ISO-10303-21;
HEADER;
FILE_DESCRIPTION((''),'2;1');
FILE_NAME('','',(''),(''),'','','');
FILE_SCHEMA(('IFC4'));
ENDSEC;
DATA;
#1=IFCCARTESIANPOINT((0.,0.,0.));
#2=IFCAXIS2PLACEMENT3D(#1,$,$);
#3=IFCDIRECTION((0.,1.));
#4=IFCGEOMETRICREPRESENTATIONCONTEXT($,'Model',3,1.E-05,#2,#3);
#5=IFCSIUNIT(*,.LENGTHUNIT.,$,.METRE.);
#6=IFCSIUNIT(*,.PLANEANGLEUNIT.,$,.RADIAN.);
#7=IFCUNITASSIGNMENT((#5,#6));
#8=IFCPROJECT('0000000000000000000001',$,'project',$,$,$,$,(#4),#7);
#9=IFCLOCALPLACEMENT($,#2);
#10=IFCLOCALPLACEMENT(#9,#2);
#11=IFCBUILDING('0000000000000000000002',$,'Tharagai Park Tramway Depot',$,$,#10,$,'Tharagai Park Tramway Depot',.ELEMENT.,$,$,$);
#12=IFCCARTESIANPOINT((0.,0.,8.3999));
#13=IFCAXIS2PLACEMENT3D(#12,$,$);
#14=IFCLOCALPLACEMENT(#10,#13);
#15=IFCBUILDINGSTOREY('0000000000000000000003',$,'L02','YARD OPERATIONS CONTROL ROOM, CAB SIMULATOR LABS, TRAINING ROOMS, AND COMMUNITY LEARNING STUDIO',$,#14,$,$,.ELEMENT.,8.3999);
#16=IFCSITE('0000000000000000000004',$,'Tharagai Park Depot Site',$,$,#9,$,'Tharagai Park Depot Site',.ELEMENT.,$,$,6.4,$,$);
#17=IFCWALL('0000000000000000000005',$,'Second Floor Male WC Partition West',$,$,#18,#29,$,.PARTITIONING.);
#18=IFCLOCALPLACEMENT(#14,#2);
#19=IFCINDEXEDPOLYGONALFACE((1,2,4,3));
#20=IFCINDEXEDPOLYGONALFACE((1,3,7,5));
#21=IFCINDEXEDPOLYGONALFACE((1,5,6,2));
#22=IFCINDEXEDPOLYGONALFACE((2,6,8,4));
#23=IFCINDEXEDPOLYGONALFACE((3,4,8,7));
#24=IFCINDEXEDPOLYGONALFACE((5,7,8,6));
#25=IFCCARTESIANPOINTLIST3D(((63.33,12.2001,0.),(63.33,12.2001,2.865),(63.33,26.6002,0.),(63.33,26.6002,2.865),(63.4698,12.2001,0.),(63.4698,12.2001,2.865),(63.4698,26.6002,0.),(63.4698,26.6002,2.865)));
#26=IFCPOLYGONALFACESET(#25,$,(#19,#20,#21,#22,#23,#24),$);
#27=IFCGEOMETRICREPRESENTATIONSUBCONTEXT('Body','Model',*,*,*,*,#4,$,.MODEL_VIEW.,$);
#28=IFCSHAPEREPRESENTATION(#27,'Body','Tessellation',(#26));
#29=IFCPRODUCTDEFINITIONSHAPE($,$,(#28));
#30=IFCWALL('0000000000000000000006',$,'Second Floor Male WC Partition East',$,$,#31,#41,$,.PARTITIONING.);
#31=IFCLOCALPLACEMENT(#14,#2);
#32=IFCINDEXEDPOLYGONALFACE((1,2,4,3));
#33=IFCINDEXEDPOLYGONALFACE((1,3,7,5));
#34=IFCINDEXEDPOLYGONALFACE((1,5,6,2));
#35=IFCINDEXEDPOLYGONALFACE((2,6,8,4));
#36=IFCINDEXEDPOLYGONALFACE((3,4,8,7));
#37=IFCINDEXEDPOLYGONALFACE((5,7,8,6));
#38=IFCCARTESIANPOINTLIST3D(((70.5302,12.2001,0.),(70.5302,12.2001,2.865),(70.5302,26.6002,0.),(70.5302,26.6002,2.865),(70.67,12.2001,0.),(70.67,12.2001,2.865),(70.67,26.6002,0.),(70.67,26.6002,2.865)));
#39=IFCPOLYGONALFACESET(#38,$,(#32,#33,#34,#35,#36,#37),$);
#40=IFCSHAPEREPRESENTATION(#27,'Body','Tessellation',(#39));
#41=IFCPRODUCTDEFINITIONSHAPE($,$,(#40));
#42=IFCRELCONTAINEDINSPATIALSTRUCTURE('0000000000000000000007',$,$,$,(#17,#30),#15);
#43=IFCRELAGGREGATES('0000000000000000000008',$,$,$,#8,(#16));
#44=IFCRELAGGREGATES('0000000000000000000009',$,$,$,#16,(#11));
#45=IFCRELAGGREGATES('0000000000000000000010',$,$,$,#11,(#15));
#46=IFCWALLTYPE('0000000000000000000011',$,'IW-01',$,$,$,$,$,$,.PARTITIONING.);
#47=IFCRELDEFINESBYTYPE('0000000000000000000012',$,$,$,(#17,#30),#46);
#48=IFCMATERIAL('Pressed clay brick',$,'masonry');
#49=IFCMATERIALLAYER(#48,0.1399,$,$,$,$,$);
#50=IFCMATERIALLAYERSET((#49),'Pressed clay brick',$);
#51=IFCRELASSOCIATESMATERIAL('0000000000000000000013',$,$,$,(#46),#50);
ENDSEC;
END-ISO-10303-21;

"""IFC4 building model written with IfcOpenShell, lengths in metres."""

from ifc_helpers import new_model, si_unit, direction, frame, frame_2d, origin, place, context, subcontext, project, spatial, rectangle, extrude, material, layer, layer_set, type_object, element, save


model = new_model("IFC4")

# Units and contexts
model_context = context("Model", 3, precision=1e-05, world=origin(), true_north=direction((0.0, 1.0)))
body_context = subcontext(model_context, "Body", "Model", "MODEL_VIEW")
ifc_project = project(units=[si_unit("LENGTHUNIT", "METRE"), si_unit("PLANEANGLEUNIT", "RADIAN")], contexts=[model_context])

# Site, building, storey
site_placement = place(None, origin())
site = spatial("IfcSite", under=ifc_project, at=site_placement, Name="Tharagai Park Depot Site", LongName="Tharagai Park Depot Site", CompositionType="ELEMENT", RefElevation=6.4)
building_placement = place(site_placement, origin())
building = spatial("IfcBuilding", under=site, at=building_placement, Name="Tharagai Park Tramway Depot", LongName="Tharagai Park Tramway Depot", CompositionType="ELEMENT")
storey_placement = place(building_placement, frame((0.0, 0.0, 8.3999)))
storey = spatial("IfcBuildingStorey", under=building, at=storey_placement, Name="L02", Description="YARD OPERATIONS CONTROL ROOM, CAB SIMULATOR LABS, TRAINING ROOMS, AND COMMUNITY LEARNING STUDIO", CompositionType="ELEMENT", Elevation=8.3999)

# Shared definitions
ifc_material_1 = material(Name="Pressed clay brick", Category="masonry")

# Shared definitions
ifc_layer_1 = layer(ifc_material_1, 0.1399)
ifc_layer_set_1 = layer_set([ifc_layer_1], Name="Pressed clay brick")
wall_type_1 = type_object("IfcWallType", Name="IW-01", PredefinedType="PARTITIONING", material=ifc_layer_set_1)

# Walls
for number, where, z_axis, x_axis, name in (
    (1, (63.3999, 12.2, 0.0), (0.0, 0.0, 1.0), (0.0, 1.0, 0.0), "Second Floor Male WC Partition West"),
    (2, (70.6001, 12.2, 0.0), (0.0, 0.0, 1.0), (0.0, 1.0, 0.0), "Second Floor Male WC Partition East"),
):
    element("IfcWall", number, at=place(storey_placement, frame(where, z_axis=z_axis, x_axis=x_axis)), inside=storey, type_object=wall_type_1, Name=name, PredefinedType="PARTITIONING", context=body_context, shape_type="SweptSolid", body=[
        extrude(rectangle(XDim=14.4001, YDim=0.1399, at=frame_2d((7.2002, 0.0))), origin(), (0.0, 0.0, 1.0), 2.865),
    ])

save(model, "model.ifc")
